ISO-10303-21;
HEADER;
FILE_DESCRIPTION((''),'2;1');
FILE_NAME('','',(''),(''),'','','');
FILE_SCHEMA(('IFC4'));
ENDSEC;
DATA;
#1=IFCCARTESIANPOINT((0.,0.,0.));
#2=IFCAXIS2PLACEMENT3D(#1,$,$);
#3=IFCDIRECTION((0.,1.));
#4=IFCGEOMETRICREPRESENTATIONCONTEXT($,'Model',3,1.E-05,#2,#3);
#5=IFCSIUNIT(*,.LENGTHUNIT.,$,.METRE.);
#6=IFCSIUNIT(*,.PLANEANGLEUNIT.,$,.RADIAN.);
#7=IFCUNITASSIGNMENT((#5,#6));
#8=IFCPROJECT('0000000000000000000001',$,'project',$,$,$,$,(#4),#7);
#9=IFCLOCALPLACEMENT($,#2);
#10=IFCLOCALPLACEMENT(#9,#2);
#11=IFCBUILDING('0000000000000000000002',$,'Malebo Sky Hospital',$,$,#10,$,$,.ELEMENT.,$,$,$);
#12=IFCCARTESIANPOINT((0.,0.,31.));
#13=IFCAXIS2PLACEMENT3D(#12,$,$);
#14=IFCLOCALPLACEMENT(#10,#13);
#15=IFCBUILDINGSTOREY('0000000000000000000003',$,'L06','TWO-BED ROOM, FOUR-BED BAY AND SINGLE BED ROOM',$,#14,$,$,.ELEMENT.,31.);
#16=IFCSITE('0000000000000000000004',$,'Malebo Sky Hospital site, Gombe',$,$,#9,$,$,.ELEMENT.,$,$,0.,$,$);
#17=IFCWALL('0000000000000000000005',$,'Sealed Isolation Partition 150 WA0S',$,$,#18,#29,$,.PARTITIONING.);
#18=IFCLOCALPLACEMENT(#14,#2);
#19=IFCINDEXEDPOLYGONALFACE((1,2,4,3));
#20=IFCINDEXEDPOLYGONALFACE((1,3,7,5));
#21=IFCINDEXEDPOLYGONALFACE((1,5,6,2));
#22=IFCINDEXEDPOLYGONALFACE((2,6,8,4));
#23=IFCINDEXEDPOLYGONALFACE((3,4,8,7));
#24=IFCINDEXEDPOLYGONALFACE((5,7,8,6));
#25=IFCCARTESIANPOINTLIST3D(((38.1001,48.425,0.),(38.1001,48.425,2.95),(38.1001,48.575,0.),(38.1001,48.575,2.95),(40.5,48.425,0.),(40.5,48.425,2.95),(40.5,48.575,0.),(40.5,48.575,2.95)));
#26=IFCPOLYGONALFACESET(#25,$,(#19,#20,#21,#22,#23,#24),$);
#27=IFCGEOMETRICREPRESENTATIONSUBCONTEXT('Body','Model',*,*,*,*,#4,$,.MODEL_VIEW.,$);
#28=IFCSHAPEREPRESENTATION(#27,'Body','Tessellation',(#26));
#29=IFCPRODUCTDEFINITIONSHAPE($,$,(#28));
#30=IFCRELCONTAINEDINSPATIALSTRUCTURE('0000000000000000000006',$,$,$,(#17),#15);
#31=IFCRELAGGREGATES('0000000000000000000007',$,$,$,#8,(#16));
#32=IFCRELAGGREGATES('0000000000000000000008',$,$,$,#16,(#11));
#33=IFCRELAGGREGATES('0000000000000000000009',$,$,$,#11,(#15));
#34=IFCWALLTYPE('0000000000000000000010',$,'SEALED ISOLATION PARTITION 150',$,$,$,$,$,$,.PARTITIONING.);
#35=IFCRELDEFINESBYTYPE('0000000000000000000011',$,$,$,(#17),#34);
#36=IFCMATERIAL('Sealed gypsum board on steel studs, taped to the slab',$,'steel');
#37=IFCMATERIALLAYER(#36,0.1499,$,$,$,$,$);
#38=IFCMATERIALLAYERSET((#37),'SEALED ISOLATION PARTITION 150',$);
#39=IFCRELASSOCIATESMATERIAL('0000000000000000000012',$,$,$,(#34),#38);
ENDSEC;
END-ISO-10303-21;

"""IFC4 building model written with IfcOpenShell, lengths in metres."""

from ifc_helpers import new_model, si_unit, direction, frame, frame_2d, origin, place, context, subcontext, project, spatial, rectangle, extrude, material, layer, layer_set, type_object, element, save


model = new_model("IFC4")

# Units and contexts
model_context = context("Model", 3, precision=1e-05, world=origin(), true_north=direction((0.0, 1.0)))
body_context = subcontext(model_context, "Body", "Model", "MODEL_VIEW")
ifc_project = project(units=[si_unit("LENGTHUNIT", "METRE"), si_unit("PLANEANGLEUNIT", "RADIAN")], contexts=[model_context])

# Site, building, storey
site_placement = place(None, origin())
site = spatial("IfcSite", under=ifc_project, at=site_placement, Name="Malebo Sky Hospital site, Gombe", CompositionType="ELEMENT", RefElevation=0.0)
building_placement = place(site_placement, origin())
building = spatial("IfcBuilding", under=site, at=building_placement, Name="Malebo Sky Hospital", CompositionType="ELEMENT")
storey_placement = place(building_placement, frame((0.0, 0.0, 31.0)))
storey = spatial("IfcBuildingStorey", under=building, at=storey_placement, Name="L06", Description="TWO-BED ROOM, FOUR-BED BAY AND SINGLE BED ROOM", CompositionType="ELEMENT", Elevation=31.0)

# Wall
ifc_material_1 = material(Name="Sealed gypsum board on steel studs, taped to the slab", Category="steel")
ifc_layer_1 = layer(ifc_material_1, 0.1499)
ifc_layer_set_1 = layer_set([ifc_layer_1], Name="SEALED ISOLATION PARTITION 150")
wall_type_1 = type_object("IfcWallType", Name="SEALED ISOLATION PARTITION 150", PredefinedType="PARTITIONING", material=ifc_layer_set_1)
wall_1_placement = place(storey_placement, frame((40.5, 48.5, 0.0), z_axis=(0.0, 0.0, 1.0), x_axis=(-1.0, 0.0, 0.0)))
element("IfcWall", 1, at=wall_1_placement, inside=storey, type_object=wall_type_1, Name="Sealed Isolation Partition 150 WA0S", PredefinedType="PARTITIONING", context=body_context, shape_type="SweptSolid", body=[
    extrude(rectangle(XDim=2.3999, YDim=0.1499, at=frame_2d((1.2, 0.0))), origin(), (0.0, 0.0, 1.0), 2.95),
])

save(model, "model.ifc")
